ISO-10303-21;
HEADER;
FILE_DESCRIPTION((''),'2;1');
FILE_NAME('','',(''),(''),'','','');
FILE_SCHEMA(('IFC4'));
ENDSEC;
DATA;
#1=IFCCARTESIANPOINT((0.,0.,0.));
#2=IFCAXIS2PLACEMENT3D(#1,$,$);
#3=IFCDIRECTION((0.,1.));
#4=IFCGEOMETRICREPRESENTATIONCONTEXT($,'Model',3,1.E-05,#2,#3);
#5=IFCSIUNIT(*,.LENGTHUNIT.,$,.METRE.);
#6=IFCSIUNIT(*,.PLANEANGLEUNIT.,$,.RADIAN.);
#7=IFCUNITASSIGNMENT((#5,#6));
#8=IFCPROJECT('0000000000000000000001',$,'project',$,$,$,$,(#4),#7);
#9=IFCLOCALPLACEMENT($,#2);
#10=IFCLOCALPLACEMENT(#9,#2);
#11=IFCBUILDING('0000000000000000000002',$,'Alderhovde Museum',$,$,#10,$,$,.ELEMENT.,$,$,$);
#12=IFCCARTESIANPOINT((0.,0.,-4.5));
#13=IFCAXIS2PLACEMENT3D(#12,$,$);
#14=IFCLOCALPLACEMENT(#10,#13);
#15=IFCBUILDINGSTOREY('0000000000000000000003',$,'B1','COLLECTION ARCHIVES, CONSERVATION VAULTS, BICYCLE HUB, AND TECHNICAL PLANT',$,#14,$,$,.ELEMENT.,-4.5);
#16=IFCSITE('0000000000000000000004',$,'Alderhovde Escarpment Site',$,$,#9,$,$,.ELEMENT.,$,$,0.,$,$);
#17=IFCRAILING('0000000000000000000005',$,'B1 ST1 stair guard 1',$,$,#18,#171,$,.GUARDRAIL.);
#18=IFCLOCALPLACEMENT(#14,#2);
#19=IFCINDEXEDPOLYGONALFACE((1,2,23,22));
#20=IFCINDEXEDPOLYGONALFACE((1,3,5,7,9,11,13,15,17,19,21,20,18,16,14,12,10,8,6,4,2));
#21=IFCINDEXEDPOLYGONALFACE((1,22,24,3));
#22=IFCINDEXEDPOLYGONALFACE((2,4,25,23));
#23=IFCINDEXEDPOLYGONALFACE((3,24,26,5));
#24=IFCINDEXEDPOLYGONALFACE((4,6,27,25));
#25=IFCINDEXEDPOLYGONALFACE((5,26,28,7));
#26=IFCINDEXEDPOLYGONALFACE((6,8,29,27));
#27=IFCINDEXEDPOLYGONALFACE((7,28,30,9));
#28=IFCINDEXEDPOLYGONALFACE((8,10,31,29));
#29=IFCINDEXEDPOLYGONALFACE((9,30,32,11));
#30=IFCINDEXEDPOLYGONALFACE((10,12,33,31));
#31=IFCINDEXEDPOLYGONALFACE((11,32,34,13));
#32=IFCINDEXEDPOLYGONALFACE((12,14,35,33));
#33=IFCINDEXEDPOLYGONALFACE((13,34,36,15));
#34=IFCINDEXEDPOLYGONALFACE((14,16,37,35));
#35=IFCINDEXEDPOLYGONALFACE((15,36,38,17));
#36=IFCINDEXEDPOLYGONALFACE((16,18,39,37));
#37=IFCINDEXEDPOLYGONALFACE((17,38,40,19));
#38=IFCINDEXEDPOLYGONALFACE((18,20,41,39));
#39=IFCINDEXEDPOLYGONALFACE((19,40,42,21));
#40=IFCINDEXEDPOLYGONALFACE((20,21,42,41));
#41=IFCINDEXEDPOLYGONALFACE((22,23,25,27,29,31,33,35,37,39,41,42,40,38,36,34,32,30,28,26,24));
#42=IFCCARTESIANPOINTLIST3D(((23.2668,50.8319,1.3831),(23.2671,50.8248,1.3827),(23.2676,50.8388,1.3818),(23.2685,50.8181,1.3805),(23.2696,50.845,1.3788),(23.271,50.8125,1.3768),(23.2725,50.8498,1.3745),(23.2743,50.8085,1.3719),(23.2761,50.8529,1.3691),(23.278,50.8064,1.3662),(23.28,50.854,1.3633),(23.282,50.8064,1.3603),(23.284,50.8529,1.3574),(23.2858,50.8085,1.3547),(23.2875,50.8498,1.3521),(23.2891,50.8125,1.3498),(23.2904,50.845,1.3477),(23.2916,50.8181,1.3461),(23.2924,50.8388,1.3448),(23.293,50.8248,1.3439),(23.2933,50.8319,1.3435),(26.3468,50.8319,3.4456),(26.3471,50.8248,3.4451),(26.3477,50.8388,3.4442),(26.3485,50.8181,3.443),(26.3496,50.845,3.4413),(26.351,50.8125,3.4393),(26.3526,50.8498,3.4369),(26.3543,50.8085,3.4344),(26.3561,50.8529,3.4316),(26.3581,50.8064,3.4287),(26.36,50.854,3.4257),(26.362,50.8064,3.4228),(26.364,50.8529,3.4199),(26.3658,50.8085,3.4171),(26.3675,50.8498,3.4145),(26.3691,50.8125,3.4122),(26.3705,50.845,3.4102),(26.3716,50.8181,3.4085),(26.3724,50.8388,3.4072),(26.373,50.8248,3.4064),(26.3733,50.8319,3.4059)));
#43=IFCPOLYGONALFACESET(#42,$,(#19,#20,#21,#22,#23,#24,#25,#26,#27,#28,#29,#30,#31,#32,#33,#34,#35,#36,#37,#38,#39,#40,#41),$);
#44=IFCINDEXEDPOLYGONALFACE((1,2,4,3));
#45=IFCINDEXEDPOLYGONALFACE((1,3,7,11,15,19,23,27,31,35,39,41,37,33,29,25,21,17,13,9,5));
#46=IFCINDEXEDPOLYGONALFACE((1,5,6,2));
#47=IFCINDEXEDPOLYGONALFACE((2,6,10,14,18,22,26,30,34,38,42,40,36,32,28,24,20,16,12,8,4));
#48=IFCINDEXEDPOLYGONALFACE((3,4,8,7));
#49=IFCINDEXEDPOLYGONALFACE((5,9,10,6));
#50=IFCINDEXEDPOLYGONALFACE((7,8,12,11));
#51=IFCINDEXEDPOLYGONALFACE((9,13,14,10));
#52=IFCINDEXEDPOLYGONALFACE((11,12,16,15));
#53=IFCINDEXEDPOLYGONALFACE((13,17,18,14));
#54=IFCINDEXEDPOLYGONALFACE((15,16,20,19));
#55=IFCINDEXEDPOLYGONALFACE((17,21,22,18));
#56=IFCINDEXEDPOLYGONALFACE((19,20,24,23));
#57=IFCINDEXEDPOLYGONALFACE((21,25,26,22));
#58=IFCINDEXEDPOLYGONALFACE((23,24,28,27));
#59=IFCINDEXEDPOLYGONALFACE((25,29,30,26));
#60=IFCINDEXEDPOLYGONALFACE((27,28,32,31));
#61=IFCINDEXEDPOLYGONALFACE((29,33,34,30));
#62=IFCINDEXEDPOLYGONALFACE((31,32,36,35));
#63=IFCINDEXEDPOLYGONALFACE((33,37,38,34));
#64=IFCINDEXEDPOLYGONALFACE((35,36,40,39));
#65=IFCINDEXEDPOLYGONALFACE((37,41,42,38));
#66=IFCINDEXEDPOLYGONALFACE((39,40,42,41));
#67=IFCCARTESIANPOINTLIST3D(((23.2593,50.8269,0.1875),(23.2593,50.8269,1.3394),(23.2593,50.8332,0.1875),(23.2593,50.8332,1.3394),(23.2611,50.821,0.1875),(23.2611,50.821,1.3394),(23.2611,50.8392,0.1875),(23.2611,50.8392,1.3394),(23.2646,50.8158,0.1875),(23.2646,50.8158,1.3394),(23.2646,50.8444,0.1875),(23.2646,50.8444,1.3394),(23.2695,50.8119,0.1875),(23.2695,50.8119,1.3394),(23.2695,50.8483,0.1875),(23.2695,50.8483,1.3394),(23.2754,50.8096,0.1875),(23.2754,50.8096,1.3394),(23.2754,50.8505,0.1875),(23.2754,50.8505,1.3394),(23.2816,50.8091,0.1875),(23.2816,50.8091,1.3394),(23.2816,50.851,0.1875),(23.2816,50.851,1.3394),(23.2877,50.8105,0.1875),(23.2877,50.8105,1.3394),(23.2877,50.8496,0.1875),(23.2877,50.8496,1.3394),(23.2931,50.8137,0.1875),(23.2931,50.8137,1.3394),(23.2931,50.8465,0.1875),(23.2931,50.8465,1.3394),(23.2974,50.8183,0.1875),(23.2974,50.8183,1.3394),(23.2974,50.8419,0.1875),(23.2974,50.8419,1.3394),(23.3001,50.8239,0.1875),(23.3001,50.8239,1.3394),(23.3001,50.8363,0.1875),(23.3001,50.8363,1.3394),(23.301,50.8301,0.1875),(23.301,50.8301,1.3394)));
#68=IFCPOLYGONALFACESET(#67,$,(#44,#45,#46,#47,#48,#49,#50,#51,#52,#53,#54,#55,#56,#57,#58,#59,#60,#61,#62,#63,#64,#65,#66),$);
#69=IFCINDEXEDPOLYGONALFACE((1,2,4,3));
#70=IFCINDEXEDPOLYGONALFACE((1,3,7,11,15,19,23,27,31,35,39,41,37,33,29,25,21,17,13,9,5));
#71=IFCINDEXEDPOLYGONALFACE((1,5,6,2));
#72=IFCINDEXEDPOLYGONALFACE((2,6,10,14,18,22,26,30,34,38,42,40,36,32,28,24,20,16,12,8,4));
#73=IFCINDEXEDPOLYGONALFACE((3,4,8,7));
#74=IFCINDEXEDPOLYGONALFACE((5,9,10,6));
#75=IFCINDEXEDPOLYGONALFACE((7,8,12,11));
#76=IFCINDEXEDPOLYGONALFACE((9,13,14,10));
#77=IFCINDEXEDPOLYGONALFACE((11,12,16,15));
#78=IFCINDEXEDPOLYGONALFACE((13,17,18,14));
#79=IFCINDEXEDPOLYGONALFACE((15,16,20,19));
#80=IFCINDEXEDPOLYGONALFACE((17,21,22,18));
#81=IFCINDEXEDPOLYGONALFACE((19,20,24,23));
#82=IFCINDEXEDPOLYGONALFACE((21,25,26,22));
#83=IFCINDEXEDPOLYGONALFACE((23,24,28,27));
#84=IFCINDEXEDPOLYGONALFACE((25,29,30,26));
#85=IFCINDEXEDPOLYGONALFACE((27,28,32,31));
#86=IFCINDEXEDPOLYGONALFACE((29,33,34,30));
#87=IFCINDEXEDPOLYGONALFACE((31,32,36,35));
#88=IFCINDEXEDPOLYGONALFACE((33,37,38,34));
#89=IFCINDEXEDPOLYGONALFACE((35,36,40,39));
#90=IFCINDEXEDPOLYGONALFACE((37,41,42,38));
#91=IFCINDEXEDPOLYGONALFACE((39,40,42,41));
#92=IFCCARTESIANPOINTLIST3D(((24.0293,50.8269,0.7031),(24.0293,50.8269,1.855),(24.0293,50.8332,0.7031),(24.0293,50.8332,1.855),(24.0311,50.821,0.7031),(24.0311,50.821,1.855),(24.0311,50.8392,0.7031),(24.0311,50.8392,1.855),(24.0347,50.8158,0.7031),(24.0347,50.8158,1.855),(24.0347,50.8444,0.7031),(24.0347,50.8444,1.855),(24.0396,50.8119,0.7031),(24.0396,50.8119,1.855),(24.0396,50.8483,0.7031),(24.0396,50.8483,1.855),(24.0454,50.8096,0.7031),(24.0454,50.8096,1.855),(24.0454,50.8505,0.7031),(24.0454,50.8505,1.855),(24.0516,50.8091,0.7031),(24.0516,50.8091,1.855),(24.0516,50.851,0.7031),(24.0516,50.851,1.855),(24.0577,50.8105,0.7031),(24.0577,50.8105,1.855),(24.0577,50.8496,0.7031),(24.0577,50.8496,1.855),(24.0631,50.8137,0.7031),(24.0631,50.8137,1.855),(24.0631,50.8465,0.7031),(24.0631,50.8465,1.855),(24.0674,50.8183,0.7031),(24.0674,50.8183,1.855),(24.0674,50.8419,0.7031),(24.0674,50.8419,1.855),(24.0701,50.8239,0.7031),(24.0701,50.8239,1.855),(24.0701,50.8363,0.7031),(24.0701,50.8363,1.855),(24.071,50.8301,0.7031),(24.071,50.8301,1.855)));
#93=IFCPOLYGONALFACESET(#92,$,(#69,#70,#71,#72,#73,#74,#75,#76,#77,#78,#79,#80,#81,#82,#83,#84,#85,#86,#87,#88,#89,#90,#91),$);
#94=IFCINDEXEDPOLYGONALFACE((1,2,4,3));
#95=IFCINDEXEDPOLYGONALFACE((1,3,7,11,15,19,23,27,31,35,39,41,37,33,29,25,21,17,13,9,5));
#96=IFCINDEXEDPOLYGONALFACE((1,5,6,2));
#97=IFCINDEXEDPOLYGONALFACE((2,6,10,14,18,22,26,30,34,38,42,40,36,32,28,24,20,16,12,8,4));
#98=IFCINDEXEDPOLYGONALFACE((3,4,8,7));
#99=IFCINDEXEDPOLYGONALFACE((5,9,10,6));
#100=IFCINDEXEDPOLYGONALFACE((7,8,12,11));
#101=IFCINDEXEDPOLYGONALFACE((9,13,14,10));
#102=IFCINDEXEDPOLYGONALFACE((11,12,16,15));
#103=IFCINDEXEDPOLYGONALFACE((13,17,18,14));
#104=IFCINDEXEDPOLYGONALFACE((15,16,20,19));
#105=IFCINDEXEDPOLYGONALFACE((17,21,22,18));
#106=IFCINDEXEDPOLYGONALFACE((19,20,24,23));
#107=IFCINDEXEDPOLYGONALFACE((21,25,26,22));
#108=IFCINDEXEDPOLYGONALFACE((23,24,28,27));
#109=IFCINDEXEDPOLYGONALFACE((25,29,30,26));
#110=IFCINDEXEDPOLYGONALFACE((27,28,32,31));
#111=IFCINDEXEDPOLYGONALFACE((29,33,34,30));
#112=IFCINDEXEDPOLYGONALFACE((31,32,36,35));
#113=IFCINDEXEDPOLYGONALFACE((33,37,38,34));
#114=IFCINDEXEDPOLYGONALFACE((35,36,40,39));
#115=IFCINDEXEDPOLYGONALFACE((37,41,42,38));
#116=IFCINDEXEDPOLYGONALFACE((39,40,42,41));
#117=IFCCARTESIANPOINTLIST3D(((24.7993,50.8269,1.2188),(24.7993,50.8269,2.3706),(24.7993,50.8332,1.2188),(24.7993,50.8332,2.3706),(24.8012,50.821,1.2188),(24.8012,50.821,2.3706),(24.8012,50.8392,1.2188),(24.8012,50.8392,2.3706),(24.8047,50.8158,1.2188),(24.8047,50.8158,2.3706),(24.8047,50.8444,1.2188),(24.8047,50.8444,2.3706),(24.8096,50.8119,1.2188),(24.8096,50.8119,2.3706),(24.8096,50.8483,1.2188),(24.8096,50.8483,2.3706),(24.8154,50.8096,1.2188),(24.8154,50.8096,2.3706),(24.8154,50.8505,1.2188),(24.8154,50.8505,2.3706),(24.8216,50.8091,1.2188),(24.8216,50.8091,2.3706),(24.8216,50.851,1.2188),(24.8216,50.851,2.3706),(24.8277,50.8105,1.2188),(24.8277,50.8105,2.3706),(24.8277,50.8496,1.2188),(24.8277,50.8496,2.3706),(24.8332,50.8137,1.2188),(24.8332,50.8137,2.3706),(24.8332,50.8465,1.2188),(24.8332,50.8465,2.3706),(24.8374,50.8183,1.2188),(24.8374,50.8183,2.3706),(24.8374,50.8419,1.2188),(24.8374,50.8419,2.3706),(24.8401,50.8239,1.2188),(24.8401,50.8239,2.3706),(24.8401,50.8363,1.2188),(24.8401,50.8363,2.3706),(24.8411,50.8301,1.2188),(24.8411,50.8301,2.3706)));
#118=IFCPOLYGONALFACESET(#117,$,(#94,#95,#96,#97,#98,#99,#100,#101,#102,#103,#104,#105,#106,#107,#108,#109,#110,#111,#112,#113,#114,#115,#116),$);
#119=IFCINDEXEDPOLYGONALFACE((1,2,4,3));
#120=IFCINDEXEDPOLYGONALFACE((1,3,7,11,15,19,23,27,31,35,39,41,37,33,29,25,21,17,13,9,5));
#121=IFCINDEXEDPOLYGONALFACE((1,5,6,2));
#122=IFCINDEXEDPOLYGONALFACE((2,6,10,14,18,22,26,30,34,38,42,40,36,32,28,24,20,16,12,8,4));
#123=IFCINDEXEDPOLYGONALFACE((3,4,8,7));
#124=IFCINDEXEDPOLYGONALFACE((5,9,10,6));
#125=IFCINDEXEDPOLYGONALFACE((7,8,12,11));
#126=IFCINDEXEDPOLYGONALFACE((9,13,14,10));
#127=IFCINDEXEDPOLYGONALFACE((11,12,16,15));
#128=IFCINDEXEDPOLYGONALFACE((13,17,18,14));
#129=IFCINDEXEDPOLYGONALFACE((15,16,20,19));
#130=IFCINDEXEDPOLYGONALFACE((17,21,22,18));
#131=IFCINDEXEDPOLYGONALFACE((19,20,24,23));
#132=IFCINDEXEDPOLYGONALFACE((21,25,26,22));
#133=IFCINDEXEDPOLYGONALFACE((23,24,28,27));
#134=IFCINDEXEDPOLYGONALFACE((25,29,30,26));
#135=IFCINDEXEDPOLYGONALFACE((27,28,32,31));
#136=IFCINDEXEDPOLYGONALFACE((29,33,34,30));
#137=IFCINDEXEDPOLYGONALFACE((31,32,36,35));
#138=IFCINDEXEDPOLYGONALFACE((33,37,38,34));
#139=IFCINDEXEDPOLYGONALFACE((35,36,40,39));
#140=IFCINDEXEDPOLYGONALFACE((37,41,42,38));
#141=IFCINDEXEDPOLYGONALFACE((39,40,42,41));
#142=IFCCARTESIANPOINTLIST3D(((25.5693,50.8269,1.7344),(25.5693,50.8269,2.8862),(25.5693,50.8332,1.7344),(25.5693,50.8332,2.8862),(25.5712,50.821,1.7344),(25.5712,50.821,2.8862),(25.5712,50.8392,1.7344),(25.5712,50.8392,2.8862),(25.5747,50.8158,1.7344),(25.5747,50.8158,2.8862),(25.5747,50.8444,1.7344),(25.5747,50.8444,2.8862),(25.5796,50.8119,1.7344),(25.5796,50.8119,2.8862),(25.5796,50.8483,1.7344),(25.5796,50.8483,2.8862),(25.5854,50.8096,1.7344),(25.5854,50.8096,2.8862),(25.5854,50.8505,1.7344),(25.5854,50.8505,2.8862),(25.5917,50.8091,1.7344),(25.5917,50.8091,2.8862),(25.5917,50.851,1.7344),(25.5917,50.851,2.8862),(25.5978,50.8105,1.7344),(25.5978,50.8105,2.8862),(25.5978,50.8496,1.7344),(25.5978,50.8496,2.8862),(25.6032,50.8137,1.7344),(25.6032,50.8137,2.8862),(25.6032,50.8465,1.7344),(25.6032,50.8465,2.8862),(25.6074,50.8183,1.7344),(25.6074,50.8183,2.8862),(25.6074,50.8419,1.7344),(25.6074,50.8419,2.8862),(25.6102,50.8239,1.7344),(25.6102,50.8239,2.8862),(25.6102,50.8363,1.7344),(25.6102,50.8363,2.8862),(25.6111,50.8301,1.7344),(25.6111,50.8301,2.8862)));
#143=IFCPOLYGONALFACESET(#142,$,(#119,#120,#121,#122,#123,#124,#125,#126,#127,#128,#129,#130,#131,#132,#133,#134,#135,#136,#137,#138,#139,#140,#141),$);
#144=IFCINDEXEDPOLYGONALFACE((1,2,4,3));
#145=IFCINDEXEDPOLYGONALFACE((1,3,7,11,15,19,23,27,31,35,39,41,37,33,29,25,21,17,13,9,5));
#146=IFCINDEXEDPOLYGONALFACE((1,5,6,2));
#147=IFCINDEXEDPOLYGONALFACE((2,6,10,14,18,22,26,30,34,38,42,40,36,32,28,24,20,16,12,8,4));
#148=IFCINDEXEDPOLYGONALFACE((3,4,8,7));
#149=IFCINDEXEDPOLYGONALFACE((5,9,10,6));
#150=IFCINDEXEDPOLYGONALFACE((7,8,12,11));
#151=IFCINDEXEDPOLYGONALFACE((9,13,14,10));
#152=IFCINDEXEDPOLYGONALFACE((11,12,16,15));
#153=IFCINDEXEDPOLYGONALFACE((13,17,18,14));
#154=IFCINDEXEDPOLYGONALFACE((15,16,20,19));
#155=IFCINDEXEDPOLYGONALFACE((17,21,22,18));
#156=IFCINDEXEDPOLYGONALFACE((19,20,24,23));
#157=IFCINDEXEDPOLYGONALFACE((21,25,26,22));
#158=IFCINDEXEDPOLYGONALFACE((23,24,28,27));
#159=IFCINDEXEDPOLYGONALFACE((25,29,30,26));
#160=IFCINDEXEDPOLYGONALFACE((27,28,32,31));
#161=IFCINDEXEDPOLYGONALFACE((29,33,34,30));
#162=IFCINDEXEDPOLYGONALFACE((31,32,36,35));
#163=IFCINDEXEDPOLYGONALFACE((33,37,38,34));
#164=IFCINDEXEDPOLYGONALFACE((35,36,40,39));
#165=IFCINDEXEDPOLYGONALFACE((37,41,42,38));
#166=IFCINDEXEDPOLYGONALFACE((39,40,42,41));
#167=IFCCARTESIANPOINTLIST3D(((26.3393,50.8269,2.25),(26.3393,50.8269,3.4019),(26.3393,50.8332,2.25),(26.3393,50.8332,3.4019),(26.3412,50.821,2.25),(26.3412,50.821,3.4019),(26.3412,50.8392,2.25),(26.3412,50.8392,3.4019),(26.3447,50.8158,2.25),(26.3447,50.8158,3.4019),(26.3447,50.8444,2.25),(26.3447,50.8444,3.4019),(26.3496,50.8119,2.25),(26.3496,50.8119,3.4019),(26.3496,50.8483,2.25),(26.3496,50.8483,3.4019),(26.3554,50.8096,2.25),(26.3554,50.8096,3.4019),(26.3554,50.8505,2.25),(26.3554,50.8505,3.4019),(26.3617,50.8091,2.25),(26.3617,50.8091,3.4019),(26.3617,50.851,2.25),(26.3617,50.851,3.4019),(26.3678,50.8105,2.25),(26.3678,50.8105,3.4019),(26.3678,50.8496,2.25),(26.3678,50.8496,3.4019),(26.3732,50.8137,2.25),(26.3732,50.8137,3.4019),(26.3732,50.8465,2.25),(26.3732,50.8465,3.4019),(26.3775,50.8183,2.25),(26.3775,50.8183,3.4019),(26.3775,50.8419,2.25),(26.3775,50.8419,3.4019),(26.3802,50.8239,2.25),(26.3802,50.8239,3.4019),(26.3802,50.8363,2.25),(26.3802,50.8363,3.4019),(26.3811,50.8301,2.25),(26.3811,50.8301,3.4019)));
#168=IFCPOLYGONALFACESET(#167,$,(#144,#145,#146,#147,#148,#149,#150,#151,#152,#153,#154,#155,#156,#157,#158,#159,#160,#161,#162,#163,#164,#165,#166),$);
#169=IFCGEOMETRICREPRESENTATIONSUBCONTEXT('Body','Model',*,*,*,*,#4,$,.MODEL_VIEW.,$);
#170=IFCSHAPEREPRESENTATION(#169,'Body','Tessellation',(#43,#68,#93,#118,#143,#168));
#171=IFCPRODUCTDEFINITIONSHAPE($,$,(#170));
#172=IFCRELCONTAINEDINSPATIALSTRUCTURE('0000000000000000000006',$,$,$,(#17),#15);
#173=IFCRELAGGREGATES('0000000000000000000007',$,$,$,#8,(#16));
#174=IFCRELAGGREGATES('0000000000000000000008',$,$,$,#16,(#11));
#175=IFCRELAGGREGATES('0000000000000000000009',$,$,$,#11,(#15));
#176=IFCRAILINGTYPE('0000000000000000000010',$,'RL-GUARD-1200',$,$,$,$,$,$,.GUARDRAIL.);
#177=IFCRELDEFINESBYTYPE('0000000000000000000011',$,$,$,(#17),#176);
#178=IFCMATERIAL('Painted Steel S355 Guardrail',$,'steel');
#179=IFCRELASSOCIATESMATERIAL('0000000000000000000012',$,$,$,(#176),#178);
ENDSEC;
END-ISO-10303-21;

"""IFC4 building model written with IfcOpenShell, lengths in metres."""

from ifc_helpers import new_model, si_unit, direction, frame, origin, origin_2d, place, context, subcontext, project, spatial, circle, extrude, material, type_object, element, save


model = new_model("IFC4")

# Units and contexts
model_context = context("Model", 3, precision=1e-05, world=origin(), true_north=direction((0.0, 1.0)))
body_context = subcontext(model_context, "Body", "Model", "MODEL_VIEW")
ifc_project = project(units=[si_unit("LENGTHUNIT", "METRE"), si_unit("PLANEANGLEUNIT", "RADIAN")], contexts=[model_context])

# Site, building, storey
site_placement = place(None, origin())
site = spatial("IfcSite", under=ifc_project, at=site_placement, Name="Alderhovde Escarpment Site", CompositionType="ELEMENT", RefElevation=0.0)
building_placement = place(site_placement, origin())
building = spatial("IfcBuilding", under=site, at=building_placement, Name="Alderhovde Museum", CompositionType="ELEMENT")
storey_placement = place(building_placement, frame((0.0, 0.0, -4.5)))
storey = spatial("IfcBuildingStorey", under=building, at=storey_placement, Name="B1", Description="COLLECTION ARCHIVES, CONSERVATION VAULTS, BICYCLE HUB, AND TECHNICAL PLANT", CompositionType="ELEMENT", Elevation=-4.5)

# Railing
ifc_material_1 = material(Name="Painted Steel S355 Guardrail", Category="steel")
railing_type_1 = type_object("IfcRailingType", Name="RL-GUARD-1200", PredefinedType="GUARDRAIL", material=ifc_material_1)
railing_1_placement = place(storey_placement, frame((23.28, 50.8301, 0.1875)))
element("IfcRailing", 1, at=railing_1_placement, inside=storey, type_object=railing_type_1, Name="B1 ST1 stair guard 1", PredefinedType="GUARDRAIL", context=body_context, shape_type="SweptSolid", body=[
    extrude(circle(Radius=0.0239, at=origin_2d()), frame((0.0, 0.0, 1.1758), z_axis=(0.830914, 0.0, 0.556401), x_axis=(0.0, 1.0, 0.0)), (0.0, 0.0, 1.0), 3.7068),
    extrude(circle(Radius=0.021, at=origin_2d()), origin(), (0.0, 0.0, 1.0), 1.1519),
    extrude(circle(Radius=0.021, at=origin_2d()), frame((0.77, 0.0, 0.5156)), (0.0, 0.0, 1.0), 1.1519),
    extrude(circle(Radius=0.021, at=origin_2d()), frame((1.54, 0.0, 1.0312)), (0.0, 0.0, 1.0), 1.1519),
    extrude(circle(Radius=0.021, at=origin_2d()), frame((2.3101, 0.0, 1.5469)), (0.0, 0.0, 1.0), 1.1519),
    extrude(circle(Radius=0.021, at=origin_2d()), frame((3.0801, 0.0, 2.0625)), (0.0, 0.0, 1.0), 1.1519),
])

save(model, "model.ifc")
